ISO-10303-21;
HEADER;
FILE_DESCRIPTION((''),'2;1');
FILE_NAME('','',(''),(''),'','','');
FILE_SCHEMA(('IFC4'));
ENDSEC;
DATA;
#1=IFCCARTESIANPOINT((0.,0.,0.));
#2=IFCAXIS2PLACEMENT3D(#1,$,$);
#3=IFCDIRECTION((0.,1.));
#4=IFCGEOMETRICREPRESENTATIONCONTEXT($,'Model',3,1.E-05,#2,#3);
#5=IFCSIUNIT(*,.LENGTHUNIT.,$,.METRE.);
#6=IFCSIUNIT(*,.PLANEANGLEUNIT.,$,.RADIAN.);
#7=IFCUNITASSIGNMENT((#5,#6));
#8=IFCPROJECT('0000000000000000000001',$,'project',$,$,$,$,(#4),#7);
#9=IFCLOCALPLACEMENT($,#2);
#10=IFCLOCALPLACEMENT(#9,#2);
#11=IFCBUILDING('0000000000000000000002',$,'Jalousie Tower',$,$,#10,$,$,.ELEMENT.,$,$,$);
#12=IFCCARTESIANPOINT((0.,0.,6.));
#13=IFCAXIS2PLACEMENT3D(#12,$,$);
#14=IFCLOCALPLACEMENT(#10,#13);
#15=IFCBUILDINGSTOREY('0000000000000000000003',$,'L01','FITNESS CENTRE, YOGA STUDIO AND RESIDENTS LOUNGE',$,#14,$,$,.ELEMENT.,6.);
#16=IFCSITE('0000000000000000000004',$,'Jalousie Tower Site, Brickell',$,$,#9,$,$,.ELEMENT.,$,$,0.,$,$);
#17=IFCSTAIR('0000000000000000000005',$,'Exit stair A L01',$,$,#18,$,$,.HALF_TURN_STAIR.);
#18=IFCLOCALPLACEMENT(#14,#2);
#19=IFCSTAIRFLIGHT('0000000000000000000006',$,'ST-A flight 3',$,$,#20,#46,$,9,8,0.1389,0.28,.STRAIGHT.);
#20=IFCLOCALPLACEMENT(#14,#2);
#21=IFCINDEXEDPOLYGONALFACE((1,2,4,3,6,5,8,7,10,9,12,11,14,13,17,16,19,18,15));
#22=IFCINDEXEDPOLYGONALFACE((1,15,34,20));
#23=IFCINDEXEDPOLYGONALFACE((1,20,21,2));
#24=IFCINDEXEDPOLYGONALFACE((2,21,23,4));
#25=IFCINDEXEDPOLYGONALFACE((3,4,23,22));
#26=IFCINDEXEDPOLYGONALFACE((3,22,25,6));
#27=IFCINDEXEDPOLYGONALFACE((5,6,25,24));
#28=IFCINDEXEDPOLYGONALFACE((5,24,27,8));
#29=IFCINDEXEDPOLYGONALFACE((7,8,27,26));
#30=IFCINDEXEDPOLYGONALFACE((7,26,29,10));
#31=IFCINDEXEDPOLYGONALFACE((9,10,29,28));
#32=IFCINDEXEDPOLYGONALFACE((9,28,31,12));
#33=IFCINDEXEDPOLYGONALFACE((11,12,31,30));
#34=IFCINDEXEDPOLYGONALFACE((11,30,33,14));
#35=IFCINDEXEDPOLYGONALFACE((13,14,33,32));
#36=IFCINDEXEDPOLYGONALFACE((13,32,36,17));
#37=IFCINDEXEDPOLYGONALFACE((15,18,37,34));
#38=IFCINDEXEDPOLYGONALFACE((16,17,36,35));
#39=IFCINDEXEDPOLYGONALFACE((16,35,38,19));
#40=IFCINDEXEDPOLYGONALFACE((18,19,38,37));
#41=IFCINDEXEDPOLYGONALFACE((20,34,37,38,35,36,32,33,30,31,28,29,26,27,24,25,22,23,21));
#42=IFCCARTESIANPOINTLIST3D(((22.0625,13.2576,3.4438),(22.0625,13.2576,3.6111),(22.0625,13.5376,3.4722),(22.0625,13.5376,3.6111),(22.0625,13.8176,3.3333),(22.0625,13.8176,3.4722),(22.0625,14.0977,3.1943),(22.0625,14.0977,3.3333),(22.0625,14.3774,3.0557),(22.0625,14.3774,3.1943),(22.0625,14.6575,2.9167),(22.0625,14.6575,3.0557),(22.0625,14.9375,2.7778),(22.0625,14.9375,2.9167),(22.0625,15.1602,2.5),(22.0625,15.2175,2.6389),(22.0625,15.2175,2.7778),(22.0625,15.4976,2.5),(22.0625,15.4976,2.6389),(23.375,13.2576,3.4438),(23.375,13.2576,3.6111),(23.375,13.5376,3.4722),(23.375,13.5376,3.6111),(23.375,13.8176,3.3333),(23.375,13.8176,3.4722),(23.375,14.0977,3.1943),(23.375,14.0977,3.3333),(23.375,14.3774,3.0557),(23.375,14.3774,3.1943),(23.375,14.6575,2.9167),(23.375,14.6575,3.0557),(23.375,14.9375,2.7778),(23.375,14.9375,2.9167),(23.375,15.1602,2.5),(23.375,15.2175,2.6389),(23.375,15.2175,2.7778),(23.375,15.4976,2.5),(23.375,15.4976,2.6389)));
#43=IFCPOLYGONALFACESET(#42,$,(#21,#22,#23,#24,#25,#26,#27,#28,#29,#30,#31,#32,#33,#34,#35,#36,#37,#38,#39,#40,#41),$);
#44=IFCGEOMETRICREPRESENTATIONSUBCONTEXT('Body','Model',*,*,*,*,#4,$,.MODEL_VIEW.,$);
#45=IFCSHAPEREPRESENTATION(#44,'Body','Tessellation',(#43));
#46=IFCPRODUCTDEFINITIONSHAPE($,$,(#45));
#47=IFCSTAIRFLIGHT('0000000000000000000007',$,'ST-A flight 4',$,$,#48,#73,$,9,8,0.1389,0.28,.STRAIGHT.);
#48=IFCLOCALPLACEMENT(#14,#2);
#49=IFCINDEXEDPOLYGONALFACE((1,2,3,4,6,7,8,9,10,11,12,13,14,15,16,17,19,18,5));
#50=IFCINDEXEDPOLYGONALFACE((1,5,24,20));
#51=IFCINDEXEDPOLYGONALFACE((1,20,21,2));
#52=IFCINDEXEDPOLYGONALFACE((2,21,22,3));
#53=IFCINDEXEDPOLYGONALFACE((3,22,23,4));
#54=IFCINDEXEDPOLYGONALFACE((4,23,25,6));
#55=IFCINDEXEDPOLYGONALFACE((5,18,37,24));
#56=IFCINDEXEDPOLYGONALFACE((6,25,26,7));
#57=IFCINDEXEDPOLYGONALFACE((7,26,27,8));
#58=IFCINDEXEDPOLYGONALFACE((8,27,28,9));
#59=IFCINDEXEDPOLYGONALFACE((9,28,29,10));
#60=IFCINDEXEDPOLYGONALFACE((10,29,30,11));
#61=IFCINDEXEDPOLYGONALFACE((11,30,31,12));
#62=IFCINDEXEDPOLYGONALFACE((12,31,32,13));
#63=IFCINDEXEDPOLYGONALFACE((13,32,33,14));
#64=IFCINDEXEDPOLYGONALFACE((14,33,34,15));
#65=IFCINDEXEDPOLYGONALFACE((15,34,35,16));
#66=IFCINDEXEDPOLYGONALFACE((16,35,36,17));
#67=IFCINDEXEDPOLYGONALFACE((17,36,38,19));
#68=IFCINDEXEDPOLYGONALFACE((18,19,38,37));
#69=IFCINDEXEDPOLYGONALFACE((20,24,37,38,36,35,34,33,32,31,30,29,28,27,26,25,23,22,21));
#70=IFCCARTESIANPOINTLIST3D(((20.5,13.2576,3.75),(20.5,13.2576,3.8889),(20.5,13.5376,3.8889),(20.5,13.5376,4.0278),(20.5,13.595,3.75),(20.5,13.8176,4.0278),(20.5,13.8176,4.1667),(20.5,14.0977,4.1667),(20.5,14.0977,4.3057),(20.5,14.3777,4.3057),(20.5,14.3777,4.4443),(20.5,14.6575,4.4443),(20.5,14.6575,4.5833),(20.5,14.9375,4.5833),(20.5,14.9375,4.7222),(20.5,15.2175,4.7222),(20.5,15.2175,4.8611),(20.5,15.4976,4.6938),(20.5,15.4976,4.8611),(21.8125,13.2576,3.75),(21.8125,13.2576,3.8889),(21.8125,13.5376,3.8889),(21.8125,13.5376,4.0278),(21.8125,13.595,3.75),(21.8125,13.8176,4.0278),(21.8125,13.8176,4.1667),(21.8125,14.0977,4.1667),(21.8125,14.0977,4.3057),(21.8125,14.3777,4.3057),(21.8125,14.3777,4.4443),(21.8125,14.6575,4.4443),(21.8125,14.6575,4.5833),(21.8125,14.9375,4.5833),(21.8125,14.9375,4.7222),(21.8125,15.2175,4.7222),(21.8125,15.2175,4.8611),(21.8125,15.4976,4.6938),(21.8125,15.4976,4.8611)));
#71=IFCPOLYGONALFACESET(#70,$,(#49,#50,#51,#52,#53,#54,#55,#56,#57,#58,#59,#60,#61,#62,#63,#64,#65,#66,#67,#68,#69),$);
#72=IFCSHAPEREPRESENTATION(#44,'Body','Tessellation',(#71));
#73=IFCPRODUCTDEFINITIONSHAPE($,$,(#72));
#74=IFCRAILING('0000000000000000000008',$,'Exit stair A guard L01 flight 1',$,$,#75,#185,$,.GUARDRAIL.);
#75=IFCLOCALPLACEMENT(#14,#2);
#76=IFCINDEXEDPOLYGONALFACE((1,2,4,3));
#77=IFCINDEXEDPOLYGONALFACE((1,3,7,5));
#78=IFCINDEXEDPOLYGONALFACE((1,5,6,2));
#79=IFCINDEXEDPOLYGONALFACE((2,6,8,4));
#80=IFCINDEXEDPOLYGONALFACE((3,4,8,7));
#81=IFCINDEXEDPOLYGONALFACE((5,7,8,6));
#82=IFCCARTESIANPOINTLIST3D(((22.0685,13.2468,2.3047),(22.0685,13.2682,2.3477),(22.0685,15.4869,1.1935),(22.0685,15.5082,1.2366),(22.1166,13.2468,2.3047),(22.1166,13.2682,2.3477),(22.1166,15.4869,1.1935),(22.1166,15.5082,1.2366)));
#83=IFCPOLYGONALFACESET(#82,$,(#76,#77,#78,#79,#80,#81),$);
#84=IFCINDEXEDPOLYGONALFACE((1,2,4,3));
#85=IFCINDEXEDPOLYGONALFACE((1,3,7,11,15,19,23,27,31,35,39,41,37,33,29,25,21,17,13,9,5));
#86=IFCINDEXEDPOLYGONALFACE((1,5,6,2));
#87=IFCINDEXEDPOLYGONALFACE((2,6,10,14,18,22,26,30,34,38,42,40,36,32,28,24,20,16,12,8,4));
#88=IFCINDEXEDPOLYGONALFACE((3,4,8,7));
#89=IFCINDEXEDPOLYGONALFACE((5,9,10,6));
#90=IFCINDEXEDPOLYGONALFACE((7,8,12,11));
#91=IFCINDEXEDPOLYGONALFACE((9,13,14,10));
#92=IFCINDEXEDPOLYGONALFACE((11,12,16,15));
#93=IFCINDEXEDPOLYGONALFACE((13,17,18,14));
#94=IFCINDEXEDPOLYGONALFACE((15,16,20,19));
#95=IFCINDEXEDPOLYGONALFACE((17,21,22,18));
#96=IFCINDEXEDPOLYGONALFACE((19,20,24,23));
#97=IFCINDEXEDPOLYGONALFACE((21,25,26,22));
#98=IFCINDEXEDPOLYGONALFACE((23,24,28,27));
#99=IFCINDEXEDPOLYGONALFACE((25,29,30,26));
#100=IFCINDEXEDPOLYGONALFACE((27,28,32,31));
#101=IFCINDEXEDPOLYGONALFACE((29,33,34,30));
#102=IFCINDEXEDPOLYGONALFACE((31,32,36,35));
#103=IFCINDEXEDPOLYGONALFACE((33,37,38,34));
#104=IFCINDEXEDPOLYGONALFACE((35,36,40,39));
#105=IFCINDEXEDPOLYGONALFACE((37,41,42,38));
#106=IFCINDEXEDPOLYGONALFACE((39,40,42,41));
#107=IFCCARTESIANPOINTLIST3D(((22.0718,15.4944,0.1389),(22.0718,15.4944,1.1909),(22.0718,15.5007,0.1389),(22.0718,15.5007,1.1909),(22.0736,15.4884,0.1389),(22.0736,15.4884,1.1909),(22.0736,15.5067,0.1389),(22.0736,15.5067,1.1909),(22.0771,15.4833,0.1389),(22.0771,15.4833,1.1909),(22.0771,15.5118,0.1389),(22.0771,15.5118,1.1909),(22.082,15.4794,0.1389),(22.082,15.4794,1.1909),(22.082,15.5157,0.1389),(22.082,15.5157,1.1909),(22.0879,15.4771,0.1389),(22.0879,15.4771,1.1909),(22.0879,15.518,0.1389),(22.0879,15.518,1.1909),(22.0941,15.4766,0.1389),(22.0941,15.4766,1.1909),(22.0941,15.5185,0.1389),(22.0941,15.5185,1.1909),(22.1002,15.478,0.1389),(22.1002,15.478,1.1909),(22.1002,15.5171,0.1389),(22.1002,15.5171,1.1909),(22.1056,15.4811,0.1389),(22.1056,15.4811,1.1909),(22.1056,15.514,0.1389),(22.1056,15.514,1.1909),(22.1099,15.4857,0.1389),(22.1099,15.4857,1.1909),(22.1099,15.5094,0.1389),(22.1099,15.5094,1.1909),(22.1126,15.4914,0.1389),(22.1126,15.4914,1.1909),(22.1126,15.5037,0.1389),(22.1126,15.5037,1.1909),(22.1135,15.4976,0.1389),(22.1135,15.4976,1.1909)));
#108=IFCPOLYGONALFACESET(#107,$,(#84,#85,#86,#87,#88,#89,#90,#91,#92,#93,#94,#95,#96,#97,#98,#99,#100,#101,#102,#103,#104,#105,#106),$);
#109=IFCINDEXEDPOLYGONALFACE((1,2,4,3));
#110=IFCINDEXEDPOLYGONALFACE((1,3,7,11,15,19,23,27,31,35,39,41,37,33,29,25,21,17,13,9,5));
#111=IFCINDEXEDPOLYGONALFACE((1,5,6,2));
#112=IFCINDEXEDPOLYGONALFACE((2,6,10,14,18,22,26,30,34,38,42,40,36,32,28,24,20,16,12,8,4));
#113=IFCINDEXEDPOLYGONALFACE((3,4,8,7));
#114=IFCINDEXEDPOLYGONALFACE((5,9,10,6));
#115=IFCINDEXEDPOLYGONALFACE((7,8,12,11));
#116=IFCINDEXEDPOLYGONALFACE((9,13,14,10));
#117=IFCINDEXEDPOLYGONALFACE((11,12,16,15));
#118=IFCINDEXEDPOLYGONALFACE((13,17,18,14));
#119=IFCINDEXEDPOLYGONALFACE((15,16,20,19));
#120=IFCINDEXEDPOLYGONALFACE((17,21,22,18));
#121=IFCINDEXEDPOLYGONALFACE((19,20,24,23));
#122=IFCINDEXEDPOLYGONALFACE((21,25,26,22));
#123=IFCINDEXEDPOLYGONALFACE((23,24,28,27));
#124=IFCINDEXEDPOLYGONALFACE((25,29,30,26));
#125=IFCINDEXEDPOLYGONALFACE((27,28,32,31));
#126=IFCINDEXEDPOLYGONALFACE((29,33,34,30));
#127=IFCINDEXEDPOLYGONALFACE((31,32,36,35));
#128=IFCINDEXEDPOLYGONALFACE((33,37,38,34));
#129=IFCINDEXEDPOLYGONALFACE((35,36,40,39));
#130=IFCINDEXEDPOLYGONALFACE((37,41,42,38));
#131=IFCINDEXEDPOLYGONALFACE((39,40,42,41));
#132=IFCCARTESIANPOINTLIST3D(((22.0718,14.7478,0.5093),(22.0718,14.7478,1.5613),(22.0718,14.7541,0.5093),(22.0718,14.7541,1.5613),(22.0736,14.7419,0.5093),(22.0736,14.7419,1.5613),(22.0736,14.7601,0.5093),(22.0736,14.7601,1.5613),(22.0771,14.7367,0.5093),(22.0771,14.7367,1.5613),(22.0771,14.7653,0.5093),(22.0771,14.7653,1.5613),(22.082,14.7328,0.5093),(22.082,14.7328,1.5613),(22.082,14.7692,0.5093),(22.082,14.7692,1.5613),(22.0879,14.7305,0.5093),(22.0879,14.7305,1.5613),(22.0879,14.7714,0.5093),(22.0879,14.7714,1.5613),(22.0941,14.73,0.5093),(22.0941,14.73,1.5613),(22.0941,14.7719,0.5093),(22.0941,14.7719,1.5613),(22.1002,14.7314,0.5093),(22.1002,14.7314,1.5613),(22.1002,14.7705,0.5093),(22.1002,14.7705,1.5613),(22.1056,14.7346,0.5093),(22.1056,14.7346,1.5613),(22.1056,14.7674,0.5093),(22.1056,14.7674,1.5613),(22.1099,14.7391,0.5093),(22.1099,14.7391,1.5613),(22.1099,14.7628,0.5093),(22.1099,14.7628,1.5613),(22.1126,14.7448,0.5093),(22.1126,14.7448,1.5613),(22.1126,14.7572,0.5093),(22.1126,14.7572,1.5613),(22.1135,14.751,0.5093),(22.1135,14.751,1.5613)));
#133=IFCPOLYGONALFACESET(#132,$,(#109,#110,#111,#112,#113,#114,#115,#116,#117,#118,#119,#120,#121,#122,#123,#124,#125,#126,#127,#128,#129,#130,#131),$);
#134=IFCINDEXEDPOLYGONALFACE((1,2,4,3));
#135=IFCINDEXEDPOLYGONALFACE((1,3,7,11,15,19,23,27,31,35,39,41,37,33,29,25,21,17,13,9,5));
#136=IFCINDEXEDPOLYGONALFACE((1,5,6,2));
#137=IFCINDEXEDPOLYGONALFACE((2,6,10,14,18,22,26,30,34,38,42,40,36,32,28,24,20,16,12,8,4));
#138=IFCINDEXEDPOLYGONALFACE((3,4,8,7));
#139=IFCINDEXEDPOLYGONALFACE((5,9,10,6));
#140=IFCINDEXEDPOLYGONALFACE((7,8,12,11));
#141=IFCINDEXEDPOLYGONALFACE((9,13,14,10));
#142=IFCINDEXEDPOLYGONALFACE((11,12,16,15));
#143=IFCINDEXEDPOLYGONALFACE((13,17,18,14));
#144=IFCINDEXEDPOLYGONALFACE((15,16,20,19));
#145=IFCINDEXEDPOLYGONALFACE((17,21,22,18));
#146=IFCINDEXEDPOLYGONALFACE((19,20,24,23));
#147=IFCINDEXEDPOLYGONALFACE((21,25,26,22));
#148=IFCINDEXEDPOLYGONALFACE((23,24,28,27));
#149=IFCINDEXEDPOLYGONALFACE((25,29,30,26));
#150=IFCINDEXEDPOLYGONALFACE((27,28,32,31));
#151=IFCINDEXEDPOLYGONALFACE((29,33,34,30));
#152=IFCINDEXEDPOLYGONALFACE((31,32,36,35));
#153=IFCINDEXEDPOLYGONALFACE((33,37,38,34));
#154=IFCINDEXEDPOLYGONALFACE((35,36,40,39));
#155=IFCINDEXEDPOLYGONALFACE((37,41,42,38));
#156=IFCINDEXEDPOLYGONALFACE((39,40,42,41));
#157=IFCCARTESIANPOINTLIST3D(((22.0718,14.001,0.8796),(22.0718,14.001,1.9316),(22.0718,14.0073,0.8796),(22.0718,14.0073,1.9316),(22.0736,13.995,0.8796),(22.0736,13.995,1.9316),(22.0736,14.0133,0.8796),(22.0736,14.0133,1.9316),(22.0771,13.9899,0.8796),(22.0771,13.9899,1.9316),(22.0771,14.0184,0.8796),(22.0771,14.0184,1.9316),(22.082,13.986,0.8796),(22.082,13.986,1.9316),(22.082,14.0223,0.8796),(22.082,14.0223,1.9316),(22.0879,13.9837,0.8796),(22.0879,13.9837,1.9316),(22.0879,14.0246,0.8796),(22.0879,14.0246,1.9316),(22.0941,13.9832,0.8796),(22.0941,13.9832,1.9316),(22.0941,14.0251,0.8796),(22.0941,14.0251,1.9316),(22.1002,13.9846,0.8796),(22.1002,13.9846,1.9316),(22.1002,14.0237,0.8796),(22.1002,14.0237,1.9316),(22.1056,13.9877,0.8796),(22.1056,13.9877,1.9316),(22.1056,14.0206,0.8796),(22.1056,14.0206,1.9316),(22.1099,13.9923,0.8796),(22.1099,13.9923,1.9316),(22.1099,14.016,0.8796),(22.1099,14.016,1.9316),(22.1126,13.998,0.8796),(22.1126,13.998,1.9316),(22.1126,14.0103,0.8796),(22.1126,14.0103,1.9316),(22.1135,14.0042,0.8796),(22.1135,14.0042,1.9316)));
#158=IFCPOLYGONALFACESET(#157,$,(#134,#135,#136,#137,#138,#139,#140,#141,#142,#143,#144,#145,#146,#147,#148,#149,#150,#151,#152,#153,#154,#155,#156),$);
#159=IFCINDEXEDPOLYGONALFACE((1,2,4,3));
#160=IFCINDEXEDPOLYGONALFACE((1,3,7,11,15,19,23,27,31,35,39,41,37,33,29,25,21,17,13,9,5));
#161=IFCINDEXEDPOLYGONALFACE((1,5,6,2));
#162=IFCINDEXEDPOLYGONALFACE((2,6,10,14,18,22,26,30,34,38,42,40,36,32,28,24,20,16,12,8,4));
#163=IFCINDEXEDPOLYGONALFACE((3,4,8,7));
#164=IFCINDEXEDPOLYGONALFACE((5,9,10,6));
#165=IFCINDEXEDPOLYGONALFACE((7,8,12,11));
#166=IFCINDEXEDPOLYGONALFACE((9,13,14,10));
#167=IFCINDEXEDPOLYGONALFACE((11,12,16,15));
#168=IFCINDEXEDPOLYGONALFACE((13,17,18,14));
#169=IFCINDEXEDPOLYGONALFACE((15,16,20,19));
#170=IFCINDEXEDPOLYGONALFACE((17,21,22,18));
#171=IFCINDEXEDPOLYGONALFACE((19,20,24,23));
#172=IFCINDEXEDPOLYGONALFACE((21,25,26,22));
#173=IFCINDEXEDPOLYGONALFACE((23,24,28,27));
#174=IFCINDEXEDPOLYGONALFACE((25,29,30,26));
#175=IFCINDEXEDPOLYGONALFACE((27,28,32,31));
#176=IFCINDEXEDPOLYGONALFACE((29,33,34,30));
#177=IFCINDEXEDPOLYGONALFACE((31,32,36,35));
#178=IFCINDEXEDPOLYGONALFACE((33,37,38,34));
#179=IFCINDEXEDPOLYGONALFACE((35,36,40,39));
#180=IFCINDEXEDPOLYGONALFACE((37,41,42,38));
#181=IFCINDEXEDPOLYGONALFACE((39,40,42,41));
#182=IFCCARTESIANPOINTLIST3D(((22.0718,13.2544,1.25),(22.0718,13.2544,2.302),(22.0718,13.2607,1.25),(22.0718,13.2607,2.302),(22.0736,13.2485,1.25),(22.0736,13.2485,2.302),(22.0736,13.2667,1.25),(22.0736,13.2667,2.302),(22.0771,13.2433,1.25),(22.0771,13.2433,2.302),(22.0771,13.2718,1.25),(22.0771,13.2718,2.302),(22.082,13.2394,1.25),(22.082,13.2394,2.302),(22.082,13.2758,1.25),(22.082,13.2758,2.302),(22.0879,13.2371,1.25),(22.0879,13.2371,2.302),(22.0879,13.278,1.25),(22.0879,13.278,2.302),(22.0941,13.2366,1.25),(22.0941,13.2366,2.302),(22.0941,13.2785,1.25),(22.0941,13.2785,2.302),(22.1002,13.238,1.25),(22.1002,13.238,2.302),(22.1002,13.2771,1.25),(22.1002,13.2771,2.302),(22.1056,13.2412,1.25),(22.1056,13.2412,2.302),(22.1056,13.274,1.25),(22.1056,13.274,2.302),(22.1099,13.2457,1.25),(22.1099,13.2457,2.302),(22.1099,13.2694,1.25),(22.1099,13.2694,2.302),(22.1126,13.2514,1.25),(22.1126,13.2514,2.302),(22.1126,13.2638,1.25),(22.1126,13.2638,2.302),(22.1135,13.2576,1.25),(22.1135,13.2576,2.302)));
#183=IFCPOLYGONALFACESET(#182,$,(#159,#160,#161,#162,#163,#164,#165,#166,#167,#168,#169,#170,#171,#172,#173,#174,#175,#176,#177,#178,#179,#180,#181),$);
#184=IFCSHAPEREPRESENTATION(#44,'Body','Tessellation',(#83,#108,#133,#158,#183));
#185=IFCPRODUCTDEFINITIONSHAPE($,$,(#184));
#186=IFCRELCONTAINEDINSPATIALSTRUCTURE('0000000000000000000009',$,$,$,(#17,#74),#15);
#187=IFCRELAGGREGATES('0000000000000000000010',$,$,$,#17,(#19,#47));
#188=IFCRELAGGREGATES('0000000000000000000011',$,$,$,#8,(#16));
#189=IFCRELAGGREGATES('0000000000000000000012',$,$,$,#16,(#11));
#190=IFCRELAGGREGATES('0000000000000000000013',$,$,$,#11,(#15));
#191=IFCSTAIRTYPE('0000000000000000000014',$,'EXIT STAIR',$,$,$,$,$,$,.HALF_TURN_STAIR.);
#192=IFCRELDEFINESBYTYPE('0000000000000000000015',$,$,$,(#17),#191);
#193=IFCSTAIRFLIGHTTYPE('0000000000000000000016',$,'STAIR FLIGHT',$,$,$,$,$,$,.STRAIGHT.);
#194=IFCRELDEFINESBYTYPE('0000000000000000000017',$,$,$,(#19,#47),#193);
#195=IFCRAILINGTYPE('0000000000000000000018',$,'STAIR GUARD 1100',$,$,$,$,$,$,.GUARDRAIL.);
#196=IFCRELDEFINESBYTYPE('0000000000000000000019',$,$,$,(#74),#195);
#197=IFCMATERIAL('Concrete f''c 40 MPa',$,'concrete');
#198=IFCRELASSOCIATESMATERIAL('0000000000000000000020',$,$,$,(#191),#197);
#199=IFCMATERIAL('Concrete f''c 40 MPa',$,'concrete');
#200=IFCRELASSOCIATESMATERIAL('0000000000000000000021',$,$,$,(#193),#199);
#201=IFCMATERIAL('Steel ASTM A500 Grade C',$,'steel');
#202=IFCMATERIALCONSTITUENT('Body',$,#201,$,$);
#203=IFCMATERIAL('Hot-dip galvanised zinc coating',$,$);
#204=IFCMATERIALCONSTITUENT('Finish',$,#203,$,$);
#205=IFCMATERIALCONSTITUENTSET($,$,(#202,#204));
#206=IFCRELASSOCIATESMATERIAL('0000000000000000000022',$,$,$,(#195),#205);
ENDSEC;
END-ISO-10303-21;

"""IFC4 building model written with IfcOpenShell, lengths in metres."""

from ifc_helpers import new_model, si_unit, direction, frame, origin, origin_2d, place, context, subcontext, project, spatial, polyline, rectangle, circle, outline, extrude, material, constituent, constituent_set, type_object, element, aggregate, save


model = new_model("IFC4")

# Units and contexts
model_context = context("Model", 3, precision=1e-05, world=origin(), true_north=direction((0.0, 1.0)))
body_context = subcontext(model_context, "Body", "Model", "MODEL_VIEW")
ifc_project = project(units=[si_unit("LENGTHUNIT", "METRE"), si_unit("PLANEANGLEUNIT", "RADIAN")], contexts=[model_context])

# Site, building, storey
site_placement = place(None, origin())
site = spatial("IfcSite", under=ifc_project, at=site_placement, Name="Jalousie Tower Site, Brickell", CompositionType="ELEMENT", RefElevation=0.0)
building_placement = place(site_placement, origin())
building = spatial("IfcBuilding", under=site, at=building_placement, Name="Jalousie Tower", CompositionType="ELEMENT")
storey_placement = place(building_placement, frame((0.0, 0.0, 6.0)))
storey = spatial("IfcBuildingStorey", under=building, at=storey_placement, Name="L01", Description="FITNESS CENTRE, YOGA STUDIO AND RESIDENTS LOUNGE", CompositionType="ELEMENT", Elevation=6.0)

# Stair, stair flights
ifc_material_1 = material(Name="Concrete f'c 40 MPa", Category="concrete")
stair_type = type_object("IfcStairType", Name="EXIT STAIR", PredefinedType="HALF_TURN_STAIR", material=ifc_material_1)
stair_placement = place(storey_placement, origin())
stair = element("IfcStair", 1, at=stair_placement, inside=storey, type_object=stair_type, Name="Exit stair A L01", PredefinedType="HALF_TURN_STAIR")
ifc_material_2 = material(Name="Concrete f'c 40 MPa", Category="concrete")
stair_flight_type = type_object("IfcStairFlightType", Name="STAIR FLIGHT", PredefinedType="STRAIGHT", material=ifc_material_2)
stair_flight_1_placement = place(storey_placement, frame((22.7188, 15.4976, 2.5), z_axis=(0.0, 0.0, 1.0), x_axis=(0.0, -1.0, 0.0)))
stair_flight_1 = element("IfcStairFlight", 2, at=stair_flight_1_placement, type_object=stair_flight_type, Name="ST-A flight 3", NumberOfRisers=9, NumberOfTreads=8, PredefinedType="STRAIGHT", RiserHeight=0.1389, TreadLength=0.28, context=body_context, shape_type="SweptSolid", body=[
    extrude(outline(polyline([(0.0, 0.0), (0.0, 0.1389), (0.28, 0.1389), (0.28, 0.2778), (0.5601, 0.2778), (0.5601, 0.4167), (0.8401, 0.4167), (0.8401, 0.5557), (1.1201, 0.5557), (1.1201, 0.6943), (1.3999, 0.6943), (1.3999, 0.8333), (1.6799, 0.8333), (1.6799, 0.9722), (1.96, 0.9722), (1.96, 1.1111), (2.24, 1.1111), (2.24, 1.25), (2.24, 0.9438), (0.3374, 0.0), (0.0, 0.0)])), frame((0.0, 0.6562, 0.0), z_axis=(0.0, -1.0, 0.0), x_axis=(1.0, 0.0, 0.0)), (0.0, 0.0, 1.0), 1.3125),
])
stair_flight_2_placement = place(storey_placement, frame((21.1562, 13.2576, 3.75), z_axis=(0.0, 0.0, 1.0), x_axis=(0.0, 1.0, 0.0)))
stair_flight_2 = element("IfcStairFlight", 3, at=stair_flight_2_placement, type_object=stair_flight_type, Name="ST-A flight 4", NumberOfRisers=9, NumberOfTreads=8, PredefinedType="STRAIGHT", RiserHeight=0.1389, TreadLength=0.28, context=body_context, shape_type="SweptSolid", body=[
    extrude(outline(polyline([(0.0, 0.0), (0.0, 0.1389), (0.28, 0.1389), (0.28, 0.2778), (0.5601, 0.2778), (0.5601, 0.4167), (0.8401, 0.4167), (0.8401, 0.5557), (1.1201, 0.5557), (1.1201, 0.6943), (1.3999, 0.6943), (1.3999, 0.8333), (1.6799, 0.8333), (1.6799, 0.9722), (1.96, 0.9722), (1.96, 1.1111), (2.24, 1.1111), (2.24, 1.25), (2.24, 0.9438), (0.3374, 0.0), (0.0, 0.0)])), frame((0.0, 0.6562, 0.0), z_axis=(0.0, -1.0, 0.0), x_axis=(1.0, 0.0, 0.0)), (0.0, 0.0, 1.0), 1.3125),
])
aggregate(stair, [stair_flight_1, stair_flight_2])

# Railing
ifc_material_3 = material(Name="Steel ASTM A500 Grade C", Category="steel")
ifc_constituent_1 = constituent(ifc_material_3, Name="Body")
ifc_material_4 = material(Name="Hot-dip galvanised zinc coating")
ifc_constituent_2 = constituent(ifc_material_4, Name="Finish")
ifc_constituent_set_1 = constituent_set(constituents=[ifc_constituent_1, ifc_constituent_2])
railing_type_1 = type_object("IfcRailingType", Name="STAIR GUARD 1100", PredefinedType="GUARDRAIL", material=ifc_constituent_set_1)
railing_1_placement = place(storey_placement, frame((22.0925, 15.4976, 0.1389)))
element("IfcRailing", 4, at=railing_1_placement, inside=storey, type_object=railing_type_1, Name="Exit stair A guard L01 flight 1", PredefinedType="GUARDRAIL", context=body_context, shape_type="SweptSolid", body=[
    extrude(rectangle(XDim=0.0481, YDim=0.0481, at=origin_2d()), frame((0.0, 0.0, 1.0762), z_axis=(0.0, -0.895848, 0.44436), x_axis=(1.0, 0.0, 0.0)), (0.0, 0.0, 1.0), 2.5005),
    extrude(circle(Radius=0.021, at=origin_2d()), origin(), (0.0, 0.0, 1.0), 1.052),
    extrude(circle(Radius=0.021, at=origin_2d()), frame((0.0, -0.7466, 0.3704)), (0.0, 0.0, 1.0), 1.052),
    extrude(circle(Radius=0.021, at=origin_2d()), frame((0.0, -1.4934, 0.7407)), (0.0, 0.0, 1.0), 1.052),
    extrude(circle(Radius=0.021, at=origin_2d()), frame((0.0, -2.24, 1.1111)), (0.0, 0.0, 1.0), 1.052),
])

save(model, "model.ifc")
